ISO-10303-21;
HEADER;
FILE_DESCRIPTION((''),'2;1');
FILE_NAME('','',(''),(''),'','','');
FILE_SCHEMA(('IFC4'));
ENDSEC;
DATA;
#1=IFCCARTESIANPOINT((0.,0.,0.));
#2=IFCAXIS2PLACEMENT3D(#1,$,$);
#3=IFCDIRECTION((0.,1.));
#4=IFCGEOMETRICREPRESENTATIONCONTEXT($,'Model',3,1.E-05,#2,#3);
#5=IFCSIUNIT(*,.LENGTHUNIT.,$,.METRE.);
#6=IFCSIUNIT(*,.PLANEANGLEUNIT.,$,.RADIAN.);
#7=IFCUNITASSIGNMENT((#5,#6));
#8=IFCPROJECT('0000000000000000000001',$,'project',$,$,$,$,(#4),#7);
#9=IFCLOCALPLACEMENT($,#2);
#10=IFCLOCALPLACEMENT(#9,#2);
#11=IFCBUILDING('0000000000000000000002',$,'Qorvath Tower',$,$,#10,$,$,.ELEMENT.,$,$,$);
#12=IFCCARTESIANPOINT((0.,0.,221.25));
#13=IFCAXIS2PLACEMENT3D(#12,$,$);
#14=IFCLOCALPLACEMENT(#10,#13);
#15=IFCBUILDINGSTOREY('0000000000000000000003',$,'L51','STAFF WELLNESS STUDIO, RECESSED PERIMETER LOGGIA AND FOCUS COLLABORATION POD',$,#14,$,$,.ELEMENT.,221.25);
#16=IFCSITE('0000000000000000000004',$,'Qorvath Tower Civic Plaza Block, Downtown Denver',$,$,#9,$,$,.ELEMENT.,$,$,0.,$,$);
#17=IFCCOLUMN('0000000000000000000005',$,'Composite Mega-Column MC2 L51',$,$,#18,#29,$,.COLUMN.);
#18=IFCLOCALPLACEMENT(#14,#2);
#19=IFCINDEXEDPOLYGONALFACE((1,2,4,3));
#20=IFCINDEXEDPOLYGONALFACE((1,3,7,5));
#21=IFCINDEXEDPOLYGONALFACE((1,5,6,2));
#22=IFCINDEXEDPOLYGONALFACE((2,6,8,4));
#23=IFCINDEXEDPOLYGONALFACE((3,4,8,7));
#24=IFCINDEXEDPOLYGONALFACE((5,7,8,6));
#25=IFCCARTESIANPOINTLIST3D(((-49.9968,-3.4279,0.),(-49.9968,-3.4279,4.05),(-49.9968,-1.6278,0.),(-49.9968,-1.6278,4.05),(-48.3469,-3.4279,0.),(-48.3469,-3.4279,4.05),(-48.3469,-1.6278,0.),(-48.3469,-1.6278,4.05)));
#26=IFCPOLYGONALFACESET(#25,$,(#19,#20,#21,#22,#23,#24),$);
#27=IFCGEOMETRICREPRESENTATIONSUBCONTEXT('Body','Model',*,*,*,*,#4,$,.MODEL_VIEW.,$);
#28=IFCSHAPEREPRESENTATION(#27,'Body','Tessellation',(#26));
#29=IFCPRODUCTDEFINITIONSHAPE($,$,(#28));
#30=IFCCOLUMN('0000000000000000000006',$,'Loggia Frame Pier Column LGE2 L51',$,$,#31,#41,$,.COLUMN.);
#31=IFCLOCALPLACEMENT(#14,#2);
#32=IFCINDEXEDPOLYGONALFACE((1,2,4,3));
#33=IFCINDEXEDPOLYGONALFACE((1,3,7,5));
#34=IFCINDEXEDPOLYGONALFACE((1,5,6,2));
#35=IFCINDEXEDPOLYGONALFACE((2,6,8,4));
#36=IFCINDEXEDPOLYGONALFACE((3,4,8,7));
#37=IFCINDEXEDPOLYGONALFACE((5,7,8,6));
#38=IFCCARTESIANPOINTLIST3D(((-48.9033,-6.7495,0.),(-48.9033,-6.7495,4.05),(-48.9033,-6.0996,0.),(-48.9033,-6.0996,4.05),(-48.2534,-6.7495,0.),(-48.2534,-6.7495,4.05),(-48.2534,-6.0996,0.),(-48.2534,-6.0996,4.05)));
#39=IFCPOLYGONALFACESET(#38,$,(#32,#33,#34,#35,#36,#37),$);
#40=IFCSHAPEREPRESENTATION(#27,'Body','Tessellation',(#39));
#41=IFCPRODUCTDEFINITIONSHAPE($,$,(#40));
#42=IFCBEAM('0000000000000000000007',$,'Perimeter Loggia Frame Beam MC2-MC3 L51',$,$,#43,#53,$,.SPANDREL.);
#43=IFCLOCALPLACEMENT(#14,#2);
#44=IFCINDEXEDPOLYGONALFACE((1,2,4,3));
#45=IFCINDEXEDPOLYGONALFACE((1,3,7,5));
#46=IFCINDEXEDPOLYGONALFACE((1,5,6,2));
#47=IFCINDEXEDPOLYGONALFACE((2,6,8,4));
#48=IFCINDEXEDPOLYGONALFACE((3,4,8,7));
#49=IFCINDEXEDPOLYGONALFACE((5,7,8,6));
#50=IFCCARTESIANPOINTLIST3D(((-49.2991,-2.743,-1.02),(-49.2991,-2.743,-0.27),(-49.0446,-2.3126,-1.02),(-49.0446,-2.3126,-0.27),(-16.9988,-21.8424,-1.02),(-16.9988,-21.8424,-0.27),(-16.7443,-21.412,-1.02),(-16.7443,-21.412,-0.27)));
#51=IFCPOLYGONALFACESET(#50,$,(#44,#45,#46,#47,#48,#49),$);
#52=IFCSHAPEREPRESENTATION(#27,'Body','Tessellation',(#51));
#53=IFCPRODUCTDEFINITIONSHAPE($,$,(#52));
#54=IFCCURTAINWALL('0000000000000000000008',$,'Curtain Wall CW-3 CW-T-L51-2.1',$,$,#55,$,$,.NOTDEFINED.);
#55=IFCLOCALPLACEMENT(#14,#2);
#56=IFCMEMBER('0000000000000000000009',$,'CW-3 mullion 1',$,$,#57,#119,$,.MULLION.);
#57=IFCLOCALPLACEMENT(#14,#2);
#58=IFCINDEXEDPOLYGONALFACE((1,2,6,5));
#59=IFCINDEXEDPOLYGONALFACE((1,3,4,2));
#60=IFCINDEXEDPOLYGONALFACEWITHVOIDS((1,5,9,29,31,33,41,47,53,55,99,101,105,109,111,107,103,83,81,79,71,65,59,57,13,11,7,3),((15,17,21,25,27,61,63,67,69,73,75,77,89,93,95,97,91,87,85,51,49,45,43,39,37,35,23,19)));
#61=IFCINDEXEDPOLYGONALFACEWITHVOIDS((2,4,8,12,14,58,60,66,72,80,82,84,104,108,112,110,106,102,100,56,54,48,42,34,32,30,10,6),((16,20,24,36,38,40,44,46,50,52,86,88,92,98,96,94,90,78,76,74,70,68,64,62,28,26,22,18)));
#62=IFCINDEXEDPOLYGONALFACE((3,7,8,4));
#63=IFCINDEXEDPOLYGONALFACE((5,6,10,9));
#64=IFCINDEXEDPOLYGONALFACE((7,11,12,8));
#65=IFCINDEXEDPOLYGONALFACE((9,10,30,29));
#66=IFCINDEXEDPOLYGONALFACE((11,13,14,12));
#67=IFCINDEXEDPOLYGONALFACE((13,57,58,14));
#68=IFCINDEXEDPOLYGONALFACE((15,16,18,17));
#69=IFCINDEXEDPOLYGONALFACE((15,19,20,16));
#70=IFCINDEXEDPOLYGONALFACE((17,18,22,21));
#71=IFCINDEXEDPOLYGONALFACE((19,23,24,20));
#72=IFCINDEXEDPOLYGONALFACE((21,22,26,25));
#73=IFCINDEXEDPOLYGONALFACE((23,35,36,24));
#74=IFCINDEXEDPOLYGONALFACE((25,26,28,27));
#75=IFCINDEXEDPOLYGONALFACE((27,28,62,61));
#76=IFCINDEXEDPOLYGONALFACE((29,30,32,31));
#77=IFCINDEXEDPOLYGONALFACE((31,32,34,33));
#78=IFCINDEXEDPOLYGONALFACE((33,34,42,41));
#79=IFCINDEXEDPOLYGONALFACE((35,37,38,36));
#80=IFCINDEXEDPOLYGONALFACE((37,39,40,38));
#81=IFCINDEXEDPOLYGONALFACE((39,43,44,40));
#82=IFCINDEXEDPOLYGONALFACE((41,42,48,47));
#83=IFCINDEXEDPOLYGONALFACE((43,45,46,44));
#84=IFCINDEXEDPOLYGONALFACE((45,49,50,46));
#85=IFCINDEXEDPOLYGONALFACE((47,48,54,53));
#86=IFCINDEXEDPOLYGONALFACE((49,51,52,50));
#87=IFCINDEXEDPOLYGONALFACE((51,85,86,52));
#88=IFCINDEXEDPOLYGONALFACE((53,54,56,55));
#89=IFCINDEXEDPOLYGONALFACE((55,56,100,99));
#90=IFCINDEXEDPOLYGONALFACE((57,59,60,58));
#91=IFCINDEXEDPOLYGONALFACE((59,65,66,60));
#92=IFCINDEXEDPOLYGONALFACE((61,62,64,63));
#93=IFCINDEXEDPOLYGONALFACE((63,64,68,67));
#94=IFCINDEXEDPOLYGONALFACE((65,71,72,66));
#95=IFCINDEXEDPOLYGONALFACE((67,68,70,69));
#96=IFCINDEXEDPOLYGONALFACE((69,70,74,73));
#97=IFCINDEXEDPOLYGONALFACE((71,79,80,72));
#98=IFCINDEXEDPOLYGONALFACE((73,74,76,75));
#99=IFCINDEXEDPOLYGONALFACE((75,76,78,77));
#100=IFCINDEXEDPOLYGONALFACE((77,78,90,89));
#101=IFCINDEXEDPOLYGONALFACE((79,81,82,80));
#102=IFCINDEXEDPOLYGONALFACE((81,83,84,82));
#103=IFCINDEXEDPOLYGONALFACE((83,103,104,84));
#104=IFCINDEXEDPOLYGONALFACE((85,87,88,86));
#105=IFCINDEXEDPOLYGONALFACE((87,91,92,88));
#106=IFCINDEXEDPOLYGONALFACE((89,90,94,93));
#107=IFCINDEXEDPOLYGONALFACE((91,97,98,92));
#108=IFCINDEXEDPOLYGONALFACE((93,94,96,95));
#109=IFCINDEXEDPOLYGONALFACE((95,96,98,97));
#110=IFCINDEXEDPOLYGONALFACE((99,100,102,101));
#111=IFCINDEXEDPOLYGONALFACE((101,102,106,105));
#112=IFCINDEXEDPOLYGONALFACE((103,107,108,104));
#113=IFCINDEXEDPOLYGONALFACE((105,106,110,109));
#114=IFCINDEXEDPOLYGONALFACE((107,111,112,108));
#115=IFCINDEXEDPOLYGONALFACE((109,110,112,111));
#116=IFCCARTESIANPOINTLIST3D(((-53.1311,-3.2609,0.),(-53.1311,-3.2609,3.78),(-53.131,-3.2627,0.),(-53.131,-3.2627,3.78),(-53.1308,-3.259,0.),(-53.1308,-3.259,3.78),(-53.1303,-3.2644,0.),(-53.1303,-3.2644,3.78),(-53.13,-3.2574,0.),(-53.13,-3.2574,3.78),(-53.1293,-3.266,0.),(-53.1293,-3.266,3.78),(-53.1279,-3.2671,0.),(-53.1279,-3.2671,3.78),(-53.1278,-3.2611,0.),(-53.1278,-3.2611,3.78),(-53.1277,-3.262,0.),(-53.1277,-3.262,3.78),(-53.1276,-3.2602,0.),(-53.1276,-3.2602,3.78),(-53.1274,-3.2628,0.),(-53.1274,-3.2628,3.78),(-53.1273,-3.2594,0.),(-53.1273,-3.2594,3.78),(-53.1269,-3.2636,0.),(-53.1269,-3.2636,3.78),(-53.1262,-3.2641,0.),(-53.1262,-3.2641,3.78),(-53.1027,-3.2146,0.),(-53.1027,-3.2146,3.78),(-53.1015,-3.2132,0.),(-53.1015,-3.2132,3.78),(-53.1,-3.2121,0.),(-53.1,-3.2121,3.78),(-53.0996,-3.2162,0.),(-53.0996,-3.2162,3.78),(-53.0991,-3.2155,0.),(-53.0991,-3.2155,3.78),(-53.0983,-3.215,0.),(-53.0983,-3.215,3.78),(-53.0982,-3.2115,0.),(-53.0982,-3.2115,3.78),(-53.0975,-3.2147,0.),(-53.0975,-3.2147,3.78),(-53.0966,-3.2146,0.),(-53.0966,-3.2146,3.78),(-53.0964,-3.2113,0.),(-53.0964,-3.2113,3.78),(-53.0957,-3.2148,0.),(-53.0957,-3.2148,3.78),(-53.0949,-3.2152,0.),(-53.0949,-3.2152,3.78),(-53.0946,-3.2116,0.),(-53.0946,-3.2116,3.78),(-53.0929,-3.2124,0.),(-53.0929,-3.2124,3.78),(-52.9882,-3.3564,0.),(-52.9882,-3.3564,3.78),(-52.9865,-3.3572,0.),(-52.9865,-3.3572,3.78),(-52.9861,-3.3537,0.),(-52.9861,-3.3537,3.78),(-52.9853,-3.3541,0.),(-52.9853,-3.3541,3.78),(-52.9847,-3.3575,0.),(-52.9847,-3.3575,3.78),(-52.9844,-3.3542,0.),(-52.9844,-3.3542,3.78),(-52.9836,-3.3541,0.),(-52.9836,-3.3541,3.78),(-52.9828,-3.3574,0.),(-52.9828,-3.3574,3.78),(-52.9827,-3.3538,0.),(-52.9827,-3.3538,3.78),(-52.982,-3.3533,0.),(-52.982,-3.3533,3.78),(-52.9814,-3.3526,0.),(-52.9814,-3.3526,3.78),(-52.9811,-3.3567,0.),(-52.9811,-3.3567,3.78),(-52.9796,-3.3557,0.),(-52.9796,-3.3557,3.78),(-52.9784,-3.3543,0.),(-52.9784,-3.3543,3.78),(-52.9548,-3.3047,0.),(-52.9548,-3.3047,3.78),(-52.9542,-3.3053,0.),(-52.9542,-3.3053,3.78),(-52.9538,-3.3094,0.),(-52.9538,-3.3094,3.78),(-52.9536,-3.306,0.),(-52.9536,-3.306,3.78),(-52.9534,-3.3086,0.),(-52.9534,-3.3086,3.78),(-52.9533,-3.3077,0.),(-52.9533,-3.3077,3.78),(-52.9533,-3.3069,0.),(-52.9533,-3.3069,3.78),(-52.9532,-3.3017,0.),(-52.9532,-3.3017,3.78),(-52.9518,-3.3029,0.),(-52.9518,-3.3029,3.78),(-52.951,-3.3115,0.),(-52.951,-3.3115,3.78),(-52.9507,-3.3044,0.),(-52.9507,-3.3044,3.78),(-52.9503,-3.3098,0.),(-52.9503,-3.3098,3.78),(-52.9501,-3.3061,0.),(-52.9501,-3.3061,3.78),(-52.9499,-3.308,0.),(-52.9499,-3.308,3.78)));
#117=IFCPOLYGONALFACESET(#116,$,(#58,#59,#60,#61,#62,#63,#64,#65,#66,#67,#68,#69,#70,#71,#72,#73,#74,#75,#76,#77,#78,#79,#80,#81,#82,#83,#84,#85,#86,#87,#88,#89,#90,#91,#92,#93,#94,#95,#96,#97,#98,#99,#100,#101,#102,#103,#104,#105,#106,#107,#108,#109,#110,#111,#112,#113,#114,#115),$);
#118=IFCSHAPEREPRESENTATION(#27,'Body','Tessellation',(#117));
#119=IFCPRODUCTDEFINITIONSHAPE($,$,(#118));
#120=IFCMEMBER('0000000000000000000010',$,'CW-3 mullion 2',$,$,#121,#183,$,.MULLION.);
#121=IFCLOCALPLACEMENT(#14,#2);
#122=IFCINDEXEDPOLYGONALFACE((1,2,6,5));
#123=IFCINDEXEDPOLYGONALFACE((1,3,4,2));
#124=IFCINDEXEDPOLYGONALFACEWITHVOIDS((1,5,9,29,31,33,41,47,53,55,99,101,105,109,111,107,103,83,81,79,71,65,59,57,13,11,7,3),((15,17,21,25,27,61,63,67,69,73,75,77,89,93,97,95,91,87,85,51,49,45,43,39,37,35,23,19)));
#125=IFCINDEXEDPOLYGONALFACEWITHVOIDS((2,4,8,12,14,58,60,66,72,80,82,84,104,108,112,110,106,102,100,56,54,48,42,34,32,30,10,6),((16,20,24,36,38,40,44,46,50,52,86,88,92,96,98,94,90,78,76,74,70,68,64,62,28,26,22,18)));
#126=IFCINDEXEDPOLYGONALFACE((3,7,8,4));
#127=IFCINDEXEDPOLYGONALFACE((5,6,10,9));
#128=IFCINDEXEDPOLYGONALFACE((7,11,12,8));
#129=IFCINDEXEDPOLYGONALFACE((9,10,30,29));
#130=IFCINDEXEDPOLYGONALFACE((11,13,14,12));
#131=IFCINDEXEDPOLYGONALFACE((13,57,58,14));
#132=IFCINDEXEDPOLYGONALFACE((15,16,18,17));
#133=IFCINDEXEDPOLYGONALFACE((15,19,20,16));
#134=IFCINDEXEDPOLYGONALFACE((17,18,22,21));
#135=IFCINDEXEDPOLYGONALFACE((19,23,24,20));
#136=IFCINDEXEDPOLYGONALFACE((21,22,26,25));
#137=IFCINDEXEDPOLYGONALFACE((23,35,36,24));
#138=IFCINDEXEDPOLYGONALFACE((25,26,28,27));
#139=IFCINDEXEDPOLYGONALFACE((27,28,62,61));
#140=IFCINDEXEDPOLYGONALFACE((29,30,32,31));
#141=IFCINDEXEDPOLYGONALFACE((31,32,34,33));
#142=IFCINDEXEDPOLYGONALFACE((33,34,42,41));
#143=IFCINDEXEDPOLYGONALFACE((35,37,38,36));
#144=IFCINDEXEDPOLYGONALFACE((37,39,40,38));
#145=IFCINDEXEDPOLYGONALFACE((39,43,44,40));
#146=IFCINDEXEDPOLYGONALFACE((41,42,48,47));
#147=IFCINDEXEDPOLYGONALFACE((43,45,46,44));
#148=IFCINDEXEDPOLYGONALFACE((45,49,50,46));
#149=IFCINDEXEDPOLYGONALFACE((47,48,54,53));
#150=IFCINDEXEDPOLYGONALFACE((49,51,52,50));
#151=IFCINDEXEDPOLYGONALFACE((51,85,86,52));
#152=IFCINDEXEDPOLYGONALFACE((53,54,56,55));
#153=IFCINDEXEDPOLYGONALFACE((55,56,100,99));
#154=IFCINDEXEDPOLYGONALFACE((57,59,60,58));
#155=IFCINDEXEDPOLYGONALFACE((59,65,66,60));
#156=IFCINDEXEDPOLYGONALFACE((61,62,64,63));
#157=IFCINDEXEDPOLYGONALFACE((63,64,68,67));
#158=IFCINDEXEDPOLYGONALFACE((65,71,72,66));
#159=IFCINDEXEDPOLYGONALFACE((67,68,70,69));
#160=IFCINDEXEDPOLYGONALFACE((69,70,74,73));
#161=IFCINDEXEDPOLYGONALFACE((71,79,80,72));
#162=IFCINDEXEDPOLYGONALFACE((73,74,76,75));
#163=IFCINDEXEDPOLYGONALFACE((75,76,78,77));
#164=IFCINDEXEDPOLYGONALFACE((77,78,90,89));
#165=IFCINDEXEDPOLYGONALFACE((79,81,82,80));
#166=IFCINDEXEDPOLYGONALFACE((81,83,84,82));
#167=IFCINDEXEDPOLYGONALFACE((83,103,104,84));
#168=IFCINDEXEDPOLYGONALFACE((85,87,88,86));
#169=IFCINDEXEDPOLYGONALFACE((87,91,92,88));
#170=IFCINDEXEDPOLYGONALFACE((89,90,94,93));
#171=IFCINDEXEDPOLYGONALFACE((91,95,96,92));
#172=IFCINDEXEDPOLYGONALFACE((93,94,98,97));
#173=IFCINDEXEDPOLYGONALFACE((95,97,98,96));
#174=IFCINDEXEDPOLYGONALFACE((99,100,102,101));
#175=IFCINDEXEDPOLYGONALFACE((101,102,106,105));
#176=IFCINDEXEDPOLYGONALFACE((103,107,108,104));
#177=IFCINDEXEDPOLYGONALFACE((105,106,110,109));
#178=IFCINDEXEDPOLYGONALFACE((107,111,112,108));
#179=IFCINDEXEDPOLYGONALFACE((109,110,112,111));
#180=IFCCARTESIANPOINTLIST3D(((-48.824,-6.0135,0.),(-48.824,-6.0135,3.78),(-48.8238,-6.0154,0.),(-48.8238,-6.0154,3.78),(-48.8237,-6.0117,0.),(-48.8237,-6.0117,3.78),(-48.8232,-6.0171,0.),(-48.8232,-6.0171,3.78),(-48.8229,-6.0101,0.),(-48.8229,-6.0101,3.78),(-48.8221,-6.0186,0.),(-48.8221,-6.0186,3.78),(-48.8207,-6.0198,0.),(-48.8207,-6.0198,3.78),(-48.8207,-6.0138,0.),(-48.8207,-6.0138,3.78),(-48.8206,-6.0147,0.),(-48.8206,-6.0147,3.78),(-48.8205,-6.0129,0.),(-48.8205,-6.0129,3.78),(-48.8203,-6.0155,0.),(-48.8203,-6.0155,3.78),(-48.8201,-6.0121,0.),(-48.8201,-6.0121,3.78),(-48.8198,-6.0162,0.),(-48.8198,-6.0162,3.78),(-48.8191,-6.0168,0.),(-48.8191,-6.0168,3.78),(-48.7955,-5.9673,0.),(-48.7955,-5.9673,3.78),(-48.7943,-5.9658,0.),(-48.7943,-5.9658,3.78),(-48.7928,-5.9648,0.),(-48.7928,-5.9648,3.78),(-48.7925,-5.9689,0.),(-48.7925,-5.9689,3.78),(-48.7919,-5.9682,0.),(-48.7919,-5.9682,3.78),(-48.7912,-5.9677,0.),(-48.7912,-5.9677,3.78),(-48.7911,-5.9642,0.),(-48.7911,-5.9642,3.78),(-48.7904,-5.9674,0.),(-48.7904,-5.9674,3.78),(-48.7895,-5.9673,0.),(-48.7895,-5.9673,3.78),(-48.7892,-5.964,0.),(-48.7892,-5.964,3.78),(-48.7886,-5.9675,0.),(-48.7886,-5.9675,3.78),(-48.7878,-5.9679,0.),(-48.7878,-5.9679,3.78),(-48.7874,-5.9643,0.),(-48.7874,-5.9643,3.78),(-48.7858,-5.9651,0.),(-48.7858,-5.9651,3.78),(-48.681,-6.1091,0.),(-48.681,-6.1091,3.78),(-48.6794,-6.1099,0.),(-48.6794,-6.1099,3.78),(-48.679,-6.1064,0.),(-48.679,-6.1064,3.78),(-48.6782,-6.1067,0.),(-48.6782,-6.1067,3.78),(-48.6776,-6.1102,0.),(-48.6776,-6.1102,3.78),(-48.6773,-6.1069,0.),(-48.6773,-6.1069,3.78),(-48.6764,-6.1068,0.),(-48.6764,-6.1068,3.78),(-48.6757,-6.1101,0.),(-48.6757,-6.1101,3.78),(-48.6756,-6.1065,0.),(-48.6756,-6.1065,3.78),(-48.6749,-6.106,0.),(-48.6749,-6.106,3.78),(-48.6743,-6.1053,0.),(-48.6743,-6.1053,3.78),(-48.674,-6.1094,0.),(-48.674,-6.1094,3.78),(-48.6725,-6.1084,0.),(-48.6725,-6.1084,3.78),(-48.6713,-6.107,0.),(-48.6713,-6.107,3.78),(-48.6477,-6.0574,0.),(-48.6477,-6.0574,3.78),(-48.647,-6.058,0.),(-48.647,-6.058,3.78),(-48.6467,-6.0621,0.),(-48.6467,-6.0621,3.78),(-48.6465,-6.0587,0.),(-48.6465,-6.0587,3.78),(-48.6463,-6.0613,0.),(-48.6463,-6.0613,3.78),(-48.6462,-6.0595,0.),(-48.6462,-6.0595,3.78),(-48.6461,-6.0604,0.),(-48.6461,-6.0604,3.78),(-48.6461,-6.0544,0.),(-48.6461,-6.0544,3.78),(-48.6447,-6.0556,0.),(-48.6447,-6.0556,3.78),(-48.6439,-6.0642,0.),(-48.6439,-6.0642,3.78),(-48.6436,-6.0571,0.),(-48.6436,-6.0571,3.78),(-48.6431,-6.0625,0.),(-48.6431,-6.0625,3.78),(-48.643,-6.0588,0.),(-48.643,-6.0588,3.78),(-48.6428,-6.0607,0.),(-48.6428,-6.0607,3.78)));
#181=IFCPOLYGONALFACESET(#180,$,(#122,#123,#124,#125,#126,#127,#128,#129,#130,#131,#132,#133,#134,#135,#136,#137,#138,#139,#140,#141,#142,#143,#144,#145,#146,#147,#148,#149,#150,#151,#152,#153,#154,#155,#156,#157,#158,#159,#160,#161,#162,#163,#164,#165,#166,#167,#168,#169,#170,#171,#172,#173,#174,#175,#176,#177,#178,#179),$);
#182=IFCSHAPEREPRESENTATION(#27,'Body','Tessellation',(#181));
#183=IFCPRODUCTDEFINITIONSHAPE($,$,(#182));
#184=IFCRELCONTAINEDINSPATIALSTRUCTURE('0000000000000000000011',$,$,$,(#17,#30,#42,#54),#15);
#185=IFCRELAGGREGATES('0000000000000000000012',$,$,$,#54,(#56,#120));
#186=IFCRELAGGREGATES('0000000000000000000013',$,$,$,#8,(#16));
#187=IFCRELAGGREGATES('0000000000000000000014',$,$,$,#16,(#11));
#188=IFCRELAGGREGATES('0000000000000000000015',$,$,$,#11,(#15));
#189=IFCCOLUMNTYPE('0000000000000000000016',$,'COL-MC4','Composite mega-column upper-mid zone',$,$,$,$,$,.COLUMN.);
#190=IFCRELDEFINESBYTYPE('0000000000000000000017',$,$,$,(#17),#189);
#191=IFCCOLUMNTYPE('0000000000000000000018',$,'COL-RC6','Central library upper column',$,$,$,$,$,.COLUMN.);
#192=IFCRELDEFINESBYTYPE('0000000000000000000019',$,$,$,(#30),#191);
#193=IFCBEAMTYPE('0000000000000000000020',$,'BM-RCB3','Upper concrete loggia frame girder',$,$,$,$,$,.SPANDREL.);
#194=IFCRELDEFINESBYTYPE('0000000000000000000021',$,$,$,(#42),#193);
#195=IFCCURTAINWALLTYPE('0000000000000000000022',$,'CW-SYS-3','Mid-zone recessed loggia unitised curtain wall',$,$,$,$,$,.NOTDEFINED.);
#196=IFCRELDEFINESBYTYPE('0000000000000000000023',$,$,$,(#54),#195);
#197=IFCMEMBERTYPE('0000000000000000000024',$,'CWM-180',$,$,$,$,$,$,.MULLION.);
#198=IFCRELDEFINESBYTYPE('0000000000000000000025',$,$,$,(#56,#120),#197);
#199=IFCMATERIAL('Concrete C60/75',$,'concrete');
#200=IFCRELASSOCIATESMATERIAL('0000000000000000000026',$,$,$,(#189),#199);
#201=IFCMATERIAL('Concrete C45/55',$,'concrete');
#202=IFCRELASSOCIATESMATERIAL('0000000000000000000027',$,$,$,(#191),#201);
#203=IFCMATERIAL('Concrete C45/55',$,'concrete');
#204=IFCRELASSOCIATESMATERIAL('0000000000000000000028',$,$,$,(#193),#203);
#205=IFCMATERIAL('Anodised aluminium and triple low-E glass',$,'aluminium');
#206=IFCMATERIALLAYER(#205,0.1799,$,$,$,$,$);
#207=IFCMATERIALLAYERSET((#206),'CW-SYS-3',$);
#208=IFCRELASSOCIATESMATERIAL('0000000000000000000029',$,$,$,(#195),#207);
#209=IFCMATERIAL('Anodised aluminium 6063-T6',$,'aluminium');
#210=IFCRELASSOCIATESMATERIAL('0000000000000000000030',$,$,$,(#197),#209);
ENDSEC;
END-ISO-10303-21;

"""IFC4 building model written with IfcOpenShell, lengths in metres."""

from ifc_helpers import new_model, si_unit, direction, frame, origin, origin_2d, place, context, subcontext, project, spatial, rectangle, hollow_rectangle, extrude, material, layer, layer_set, material_profile, profile_set, type_object, element, aggregate, save


model = new_model("IFC4")

# Units and contexts
model_context = context("Model", 3, precision=1e-05, world=origin(), true_north=direction((0.0, 1.0)))
body_context = subcontext(model_context, "Body", "Model", "MODEL_VIEW")
ifc_project = project(units=[si_unit("LENGTHUNIT", "METRE"), si_unit("PLANEANGLEUNIT", "RADIAN")], contexts=[model_context])

# Site, building, storey
site_placement = place(None, origin())
site = spatial("IfcSite", under=ifc_project, at=site_placement, Name="Qorvath Tower Civic Plaza Block, Downtown Denver", CompositionType="ELEMENT", RefElevation=0.0)
building_placement = place(site_placement, origin())
building = spatial("IfcBuilding", under=site, at=building_placement, Name="Qorvath Tower", CompositionType="ELEMENT")
storey_placement = place(building_placement, frame((0.0, 0.0, 221.25)))
storey = spatial("IfcBuildingStorey", under=building, at=storey_placement, Name="L51", Description="STAFF WELLNESS STUDIO, RECESSED PERIMETER LOGGIA AND FOCUS COLLABORATION POD", CompositionType="ELEMENT", Elevation=221.25)

# Columns
ifc_material_1 = material(Name="Concrete C60/75", Category="concrete")
ifc_material_profile_1 = material_profile(ifc_material_1, rectangle(XDim=1.6499, YDim=1.8, at=origin_2d()), Name="MC 1800x1650")
ifc_profile_set_1 = profile_set([ifc_material_profile_1], Name="Concrete C60/75")
column_type_1 = type_object("IfcColumnType", Name="COL-MC4", Description="Composite mega-column upper-mid zone", PredefinedType="COLUMN", material=ifc_profile_set_1)
column_1_placement = place(storey_placement, frame((-49.1719, -2.5278, 0.0), z_axis=(0.0, 0.0, 1.0), x_axis=(1.0, 0.0, 0.0)))
element("IfcColumn", 1, at=column_1_placement, inside=storey, type_object=column_type_1, Name="Composite Mega-Column MC2 L51", PredefinedType="COLUMN", context=body_context, shape_type="SweptSolid", body=[
    extrude(rectangle(XDim=1.6499, YDim=1.8, at=origin_2d()), origin(), (0.0, 0.0, 1.0), 4.05),
])
ifc_material_2 = material(Name="Concrete C45/55", Category="concrete")
ifc_material_profile_2 = material_profile(ifc_material_2, rectangle(XDim=0.6499, YDim=0.6499, at=origin_2d()), Name="RC 650x650")
ifc_profile_set_2 = profile_set([ifc_material_profile_2], Name="Concrete C45/55")
column_type_2 = type_object("IfcColumnType", Name="COL-RC6", Description="Central library upper column", PredefinedType="COLUMN", material=ifc_profile_set_2)
column_2_placement = place(storey_placement, frame((-48.5784, -6.4246, 0.0), z_axis=(0.0, 0.0, 1.0), x_axis=(1.0, 0.0, 0.0)))
element("IfcColumn", 2, at=column_2_placement, inside=storey, type_object=column_type_2, Name="Loggia Frame Pier Column LGE2 L51", PredefinedType="COLUMN", context=body_context, shape_type="SweptSolid", body=[
    extrude(rectangle(XDim=0.6499, YDim=0.6499, at=origin_2d()), origin(), (0.0, 0.0, 1.0), 4.05),
])

# Beam
ifc_material_3 = material(Name="Concrete C45/55", Category="concrete")
ifc_material_profile_3 = material_profile(ifc_material_3, rectangle(XDim=0.5, YDim=0.75, at=origin_2d()), Name="RCB 750x500")
ifc_profile_set_3 = profile_set([ifc_material_profile_3], Name="Concrete C45/55")
beam_type = type_object("IfcBeamType", Name="BM-RCB3", Description="Upper concrete loggia frame girder", PredefinedType="SPANDREL", material=ifc_profile_set_3)
beam_placement = place(storey_placement, frame((-49.1719, -2.5278, -0.645), z_axis=(0.860777, -0.508983, 0.0), x_axis=(0.508983, 0.860777, 0.0)))
element("IfcBeam", 3, at=beam_placement, inside=storey, type_object=beam_type, Name="Perimeter Loggia Frame Beam MC2-MC3 L51", PredefinedType="SPANDREL", context=body_context, shape_type="SweptSolid", body=[
    extrude(rectangle(XDim=0.5, YDim=0.75, at=origin_2d()), origin(), (0.0, 0.0, 1.0), 37.5247),
])

# Curtain wall, members
ifc_material_4 = material(Name="Anodised aluminium and triple low-E glass", Category="aluminium")
ifc_layer_1 = layer(ifc_material_4, 0.1799)
ifc_layer_set_1 = layer_set([ifc_layer_1], Name="CW-SYS-3")
curtain_wall_type = type_object("IfcCurtainWallType", Name="CW-SYS-3", Description="Mid-zone recessed loggia unitised curtain wall", PredefinedType="NOTDEFINED", material=ifc_layer_set_1)
curtain_wall_1_placement = place(storey_placement, origin())
curtain_wall_1 = element("IfcCurtainWall", 4, at=curtain_wall_1_placement, inside=storey, type_object=curtain_wall_type, Name="Curtain Wall CW-3 CW-T-L51-2.1", PredefinedType="NOTDEFINED")
ifc_material_5 = material(Name="Anodised aluminium 6063-T6", Category="aluminium")
ifc_material_profile_4 = material_profile(ifc_material_5, hollow_rectangle(XDim=0.0649, YDim=0.1799, WallThickness=0.0034, InnerFilletRadius=0.0034, OuterFilletRadius=0.0071, at=origin_2d()), Name="CWM 180x65")
ifc_profile_set_4 = profile_set([ifc_material_profile_4], Name="Anodised aluminium 6063-T6")
member_type_1 = type_object("IfcMemberType", Name="CWM-180", PredefinedType="MULLION", material=ifc_profile_set_4)
member_1_placement = place(storey_placement, frame((-53.0405, -3.2844, 0.0), z_axis=(0.0, 0.0, 1.0), x_axis=(0.538553, 0.842592, 0.0)))
member_1 = element("IfcMember", 5, at=member_1_placement, type_object=member_type_1, Name="CW-3 mullion 1", PredefinedType="MULLION", context=body_context, shape_type="SweptSolid", body=[
    extrude(hollow_rectangle(XDim=0.0649, YDim=0.1799, WallThickness=0.0034, InnerFilletRadius=0.0034, OuterFilletRadius=0.0071, at=origin_2d()), origin(), (0.0, 0.0, 1.0), 3.78),
])
member_2_placement = place(storey_placement, frame((-48.7334, -6.0371, 0.0), z_axis=(0.0, 0.0, 1.0), x_axis=(0.538553, 0.842592, 0.0)))
member_2 = element("IfcMember", 6, at=member_2_placement, type_object=member_type_1, Name="CW-3 mullion 2", PredefinedType="MULLION", context=body_context, shape_type="SweptSolid", body=[
    extrude(hollow_rectangle(XDim=0.0649, YDim=0.1799, WallThickness=0.0034, InnerFilletRadius=0.0034, OuterFilletRadius=0.0071, at=origin_2d()), origin(), (0.0, 0.0, 1.0), 3.78),
])

aggregate(curtain_wall_1, [member_1, member_2])

save(model, "model.ifc")
